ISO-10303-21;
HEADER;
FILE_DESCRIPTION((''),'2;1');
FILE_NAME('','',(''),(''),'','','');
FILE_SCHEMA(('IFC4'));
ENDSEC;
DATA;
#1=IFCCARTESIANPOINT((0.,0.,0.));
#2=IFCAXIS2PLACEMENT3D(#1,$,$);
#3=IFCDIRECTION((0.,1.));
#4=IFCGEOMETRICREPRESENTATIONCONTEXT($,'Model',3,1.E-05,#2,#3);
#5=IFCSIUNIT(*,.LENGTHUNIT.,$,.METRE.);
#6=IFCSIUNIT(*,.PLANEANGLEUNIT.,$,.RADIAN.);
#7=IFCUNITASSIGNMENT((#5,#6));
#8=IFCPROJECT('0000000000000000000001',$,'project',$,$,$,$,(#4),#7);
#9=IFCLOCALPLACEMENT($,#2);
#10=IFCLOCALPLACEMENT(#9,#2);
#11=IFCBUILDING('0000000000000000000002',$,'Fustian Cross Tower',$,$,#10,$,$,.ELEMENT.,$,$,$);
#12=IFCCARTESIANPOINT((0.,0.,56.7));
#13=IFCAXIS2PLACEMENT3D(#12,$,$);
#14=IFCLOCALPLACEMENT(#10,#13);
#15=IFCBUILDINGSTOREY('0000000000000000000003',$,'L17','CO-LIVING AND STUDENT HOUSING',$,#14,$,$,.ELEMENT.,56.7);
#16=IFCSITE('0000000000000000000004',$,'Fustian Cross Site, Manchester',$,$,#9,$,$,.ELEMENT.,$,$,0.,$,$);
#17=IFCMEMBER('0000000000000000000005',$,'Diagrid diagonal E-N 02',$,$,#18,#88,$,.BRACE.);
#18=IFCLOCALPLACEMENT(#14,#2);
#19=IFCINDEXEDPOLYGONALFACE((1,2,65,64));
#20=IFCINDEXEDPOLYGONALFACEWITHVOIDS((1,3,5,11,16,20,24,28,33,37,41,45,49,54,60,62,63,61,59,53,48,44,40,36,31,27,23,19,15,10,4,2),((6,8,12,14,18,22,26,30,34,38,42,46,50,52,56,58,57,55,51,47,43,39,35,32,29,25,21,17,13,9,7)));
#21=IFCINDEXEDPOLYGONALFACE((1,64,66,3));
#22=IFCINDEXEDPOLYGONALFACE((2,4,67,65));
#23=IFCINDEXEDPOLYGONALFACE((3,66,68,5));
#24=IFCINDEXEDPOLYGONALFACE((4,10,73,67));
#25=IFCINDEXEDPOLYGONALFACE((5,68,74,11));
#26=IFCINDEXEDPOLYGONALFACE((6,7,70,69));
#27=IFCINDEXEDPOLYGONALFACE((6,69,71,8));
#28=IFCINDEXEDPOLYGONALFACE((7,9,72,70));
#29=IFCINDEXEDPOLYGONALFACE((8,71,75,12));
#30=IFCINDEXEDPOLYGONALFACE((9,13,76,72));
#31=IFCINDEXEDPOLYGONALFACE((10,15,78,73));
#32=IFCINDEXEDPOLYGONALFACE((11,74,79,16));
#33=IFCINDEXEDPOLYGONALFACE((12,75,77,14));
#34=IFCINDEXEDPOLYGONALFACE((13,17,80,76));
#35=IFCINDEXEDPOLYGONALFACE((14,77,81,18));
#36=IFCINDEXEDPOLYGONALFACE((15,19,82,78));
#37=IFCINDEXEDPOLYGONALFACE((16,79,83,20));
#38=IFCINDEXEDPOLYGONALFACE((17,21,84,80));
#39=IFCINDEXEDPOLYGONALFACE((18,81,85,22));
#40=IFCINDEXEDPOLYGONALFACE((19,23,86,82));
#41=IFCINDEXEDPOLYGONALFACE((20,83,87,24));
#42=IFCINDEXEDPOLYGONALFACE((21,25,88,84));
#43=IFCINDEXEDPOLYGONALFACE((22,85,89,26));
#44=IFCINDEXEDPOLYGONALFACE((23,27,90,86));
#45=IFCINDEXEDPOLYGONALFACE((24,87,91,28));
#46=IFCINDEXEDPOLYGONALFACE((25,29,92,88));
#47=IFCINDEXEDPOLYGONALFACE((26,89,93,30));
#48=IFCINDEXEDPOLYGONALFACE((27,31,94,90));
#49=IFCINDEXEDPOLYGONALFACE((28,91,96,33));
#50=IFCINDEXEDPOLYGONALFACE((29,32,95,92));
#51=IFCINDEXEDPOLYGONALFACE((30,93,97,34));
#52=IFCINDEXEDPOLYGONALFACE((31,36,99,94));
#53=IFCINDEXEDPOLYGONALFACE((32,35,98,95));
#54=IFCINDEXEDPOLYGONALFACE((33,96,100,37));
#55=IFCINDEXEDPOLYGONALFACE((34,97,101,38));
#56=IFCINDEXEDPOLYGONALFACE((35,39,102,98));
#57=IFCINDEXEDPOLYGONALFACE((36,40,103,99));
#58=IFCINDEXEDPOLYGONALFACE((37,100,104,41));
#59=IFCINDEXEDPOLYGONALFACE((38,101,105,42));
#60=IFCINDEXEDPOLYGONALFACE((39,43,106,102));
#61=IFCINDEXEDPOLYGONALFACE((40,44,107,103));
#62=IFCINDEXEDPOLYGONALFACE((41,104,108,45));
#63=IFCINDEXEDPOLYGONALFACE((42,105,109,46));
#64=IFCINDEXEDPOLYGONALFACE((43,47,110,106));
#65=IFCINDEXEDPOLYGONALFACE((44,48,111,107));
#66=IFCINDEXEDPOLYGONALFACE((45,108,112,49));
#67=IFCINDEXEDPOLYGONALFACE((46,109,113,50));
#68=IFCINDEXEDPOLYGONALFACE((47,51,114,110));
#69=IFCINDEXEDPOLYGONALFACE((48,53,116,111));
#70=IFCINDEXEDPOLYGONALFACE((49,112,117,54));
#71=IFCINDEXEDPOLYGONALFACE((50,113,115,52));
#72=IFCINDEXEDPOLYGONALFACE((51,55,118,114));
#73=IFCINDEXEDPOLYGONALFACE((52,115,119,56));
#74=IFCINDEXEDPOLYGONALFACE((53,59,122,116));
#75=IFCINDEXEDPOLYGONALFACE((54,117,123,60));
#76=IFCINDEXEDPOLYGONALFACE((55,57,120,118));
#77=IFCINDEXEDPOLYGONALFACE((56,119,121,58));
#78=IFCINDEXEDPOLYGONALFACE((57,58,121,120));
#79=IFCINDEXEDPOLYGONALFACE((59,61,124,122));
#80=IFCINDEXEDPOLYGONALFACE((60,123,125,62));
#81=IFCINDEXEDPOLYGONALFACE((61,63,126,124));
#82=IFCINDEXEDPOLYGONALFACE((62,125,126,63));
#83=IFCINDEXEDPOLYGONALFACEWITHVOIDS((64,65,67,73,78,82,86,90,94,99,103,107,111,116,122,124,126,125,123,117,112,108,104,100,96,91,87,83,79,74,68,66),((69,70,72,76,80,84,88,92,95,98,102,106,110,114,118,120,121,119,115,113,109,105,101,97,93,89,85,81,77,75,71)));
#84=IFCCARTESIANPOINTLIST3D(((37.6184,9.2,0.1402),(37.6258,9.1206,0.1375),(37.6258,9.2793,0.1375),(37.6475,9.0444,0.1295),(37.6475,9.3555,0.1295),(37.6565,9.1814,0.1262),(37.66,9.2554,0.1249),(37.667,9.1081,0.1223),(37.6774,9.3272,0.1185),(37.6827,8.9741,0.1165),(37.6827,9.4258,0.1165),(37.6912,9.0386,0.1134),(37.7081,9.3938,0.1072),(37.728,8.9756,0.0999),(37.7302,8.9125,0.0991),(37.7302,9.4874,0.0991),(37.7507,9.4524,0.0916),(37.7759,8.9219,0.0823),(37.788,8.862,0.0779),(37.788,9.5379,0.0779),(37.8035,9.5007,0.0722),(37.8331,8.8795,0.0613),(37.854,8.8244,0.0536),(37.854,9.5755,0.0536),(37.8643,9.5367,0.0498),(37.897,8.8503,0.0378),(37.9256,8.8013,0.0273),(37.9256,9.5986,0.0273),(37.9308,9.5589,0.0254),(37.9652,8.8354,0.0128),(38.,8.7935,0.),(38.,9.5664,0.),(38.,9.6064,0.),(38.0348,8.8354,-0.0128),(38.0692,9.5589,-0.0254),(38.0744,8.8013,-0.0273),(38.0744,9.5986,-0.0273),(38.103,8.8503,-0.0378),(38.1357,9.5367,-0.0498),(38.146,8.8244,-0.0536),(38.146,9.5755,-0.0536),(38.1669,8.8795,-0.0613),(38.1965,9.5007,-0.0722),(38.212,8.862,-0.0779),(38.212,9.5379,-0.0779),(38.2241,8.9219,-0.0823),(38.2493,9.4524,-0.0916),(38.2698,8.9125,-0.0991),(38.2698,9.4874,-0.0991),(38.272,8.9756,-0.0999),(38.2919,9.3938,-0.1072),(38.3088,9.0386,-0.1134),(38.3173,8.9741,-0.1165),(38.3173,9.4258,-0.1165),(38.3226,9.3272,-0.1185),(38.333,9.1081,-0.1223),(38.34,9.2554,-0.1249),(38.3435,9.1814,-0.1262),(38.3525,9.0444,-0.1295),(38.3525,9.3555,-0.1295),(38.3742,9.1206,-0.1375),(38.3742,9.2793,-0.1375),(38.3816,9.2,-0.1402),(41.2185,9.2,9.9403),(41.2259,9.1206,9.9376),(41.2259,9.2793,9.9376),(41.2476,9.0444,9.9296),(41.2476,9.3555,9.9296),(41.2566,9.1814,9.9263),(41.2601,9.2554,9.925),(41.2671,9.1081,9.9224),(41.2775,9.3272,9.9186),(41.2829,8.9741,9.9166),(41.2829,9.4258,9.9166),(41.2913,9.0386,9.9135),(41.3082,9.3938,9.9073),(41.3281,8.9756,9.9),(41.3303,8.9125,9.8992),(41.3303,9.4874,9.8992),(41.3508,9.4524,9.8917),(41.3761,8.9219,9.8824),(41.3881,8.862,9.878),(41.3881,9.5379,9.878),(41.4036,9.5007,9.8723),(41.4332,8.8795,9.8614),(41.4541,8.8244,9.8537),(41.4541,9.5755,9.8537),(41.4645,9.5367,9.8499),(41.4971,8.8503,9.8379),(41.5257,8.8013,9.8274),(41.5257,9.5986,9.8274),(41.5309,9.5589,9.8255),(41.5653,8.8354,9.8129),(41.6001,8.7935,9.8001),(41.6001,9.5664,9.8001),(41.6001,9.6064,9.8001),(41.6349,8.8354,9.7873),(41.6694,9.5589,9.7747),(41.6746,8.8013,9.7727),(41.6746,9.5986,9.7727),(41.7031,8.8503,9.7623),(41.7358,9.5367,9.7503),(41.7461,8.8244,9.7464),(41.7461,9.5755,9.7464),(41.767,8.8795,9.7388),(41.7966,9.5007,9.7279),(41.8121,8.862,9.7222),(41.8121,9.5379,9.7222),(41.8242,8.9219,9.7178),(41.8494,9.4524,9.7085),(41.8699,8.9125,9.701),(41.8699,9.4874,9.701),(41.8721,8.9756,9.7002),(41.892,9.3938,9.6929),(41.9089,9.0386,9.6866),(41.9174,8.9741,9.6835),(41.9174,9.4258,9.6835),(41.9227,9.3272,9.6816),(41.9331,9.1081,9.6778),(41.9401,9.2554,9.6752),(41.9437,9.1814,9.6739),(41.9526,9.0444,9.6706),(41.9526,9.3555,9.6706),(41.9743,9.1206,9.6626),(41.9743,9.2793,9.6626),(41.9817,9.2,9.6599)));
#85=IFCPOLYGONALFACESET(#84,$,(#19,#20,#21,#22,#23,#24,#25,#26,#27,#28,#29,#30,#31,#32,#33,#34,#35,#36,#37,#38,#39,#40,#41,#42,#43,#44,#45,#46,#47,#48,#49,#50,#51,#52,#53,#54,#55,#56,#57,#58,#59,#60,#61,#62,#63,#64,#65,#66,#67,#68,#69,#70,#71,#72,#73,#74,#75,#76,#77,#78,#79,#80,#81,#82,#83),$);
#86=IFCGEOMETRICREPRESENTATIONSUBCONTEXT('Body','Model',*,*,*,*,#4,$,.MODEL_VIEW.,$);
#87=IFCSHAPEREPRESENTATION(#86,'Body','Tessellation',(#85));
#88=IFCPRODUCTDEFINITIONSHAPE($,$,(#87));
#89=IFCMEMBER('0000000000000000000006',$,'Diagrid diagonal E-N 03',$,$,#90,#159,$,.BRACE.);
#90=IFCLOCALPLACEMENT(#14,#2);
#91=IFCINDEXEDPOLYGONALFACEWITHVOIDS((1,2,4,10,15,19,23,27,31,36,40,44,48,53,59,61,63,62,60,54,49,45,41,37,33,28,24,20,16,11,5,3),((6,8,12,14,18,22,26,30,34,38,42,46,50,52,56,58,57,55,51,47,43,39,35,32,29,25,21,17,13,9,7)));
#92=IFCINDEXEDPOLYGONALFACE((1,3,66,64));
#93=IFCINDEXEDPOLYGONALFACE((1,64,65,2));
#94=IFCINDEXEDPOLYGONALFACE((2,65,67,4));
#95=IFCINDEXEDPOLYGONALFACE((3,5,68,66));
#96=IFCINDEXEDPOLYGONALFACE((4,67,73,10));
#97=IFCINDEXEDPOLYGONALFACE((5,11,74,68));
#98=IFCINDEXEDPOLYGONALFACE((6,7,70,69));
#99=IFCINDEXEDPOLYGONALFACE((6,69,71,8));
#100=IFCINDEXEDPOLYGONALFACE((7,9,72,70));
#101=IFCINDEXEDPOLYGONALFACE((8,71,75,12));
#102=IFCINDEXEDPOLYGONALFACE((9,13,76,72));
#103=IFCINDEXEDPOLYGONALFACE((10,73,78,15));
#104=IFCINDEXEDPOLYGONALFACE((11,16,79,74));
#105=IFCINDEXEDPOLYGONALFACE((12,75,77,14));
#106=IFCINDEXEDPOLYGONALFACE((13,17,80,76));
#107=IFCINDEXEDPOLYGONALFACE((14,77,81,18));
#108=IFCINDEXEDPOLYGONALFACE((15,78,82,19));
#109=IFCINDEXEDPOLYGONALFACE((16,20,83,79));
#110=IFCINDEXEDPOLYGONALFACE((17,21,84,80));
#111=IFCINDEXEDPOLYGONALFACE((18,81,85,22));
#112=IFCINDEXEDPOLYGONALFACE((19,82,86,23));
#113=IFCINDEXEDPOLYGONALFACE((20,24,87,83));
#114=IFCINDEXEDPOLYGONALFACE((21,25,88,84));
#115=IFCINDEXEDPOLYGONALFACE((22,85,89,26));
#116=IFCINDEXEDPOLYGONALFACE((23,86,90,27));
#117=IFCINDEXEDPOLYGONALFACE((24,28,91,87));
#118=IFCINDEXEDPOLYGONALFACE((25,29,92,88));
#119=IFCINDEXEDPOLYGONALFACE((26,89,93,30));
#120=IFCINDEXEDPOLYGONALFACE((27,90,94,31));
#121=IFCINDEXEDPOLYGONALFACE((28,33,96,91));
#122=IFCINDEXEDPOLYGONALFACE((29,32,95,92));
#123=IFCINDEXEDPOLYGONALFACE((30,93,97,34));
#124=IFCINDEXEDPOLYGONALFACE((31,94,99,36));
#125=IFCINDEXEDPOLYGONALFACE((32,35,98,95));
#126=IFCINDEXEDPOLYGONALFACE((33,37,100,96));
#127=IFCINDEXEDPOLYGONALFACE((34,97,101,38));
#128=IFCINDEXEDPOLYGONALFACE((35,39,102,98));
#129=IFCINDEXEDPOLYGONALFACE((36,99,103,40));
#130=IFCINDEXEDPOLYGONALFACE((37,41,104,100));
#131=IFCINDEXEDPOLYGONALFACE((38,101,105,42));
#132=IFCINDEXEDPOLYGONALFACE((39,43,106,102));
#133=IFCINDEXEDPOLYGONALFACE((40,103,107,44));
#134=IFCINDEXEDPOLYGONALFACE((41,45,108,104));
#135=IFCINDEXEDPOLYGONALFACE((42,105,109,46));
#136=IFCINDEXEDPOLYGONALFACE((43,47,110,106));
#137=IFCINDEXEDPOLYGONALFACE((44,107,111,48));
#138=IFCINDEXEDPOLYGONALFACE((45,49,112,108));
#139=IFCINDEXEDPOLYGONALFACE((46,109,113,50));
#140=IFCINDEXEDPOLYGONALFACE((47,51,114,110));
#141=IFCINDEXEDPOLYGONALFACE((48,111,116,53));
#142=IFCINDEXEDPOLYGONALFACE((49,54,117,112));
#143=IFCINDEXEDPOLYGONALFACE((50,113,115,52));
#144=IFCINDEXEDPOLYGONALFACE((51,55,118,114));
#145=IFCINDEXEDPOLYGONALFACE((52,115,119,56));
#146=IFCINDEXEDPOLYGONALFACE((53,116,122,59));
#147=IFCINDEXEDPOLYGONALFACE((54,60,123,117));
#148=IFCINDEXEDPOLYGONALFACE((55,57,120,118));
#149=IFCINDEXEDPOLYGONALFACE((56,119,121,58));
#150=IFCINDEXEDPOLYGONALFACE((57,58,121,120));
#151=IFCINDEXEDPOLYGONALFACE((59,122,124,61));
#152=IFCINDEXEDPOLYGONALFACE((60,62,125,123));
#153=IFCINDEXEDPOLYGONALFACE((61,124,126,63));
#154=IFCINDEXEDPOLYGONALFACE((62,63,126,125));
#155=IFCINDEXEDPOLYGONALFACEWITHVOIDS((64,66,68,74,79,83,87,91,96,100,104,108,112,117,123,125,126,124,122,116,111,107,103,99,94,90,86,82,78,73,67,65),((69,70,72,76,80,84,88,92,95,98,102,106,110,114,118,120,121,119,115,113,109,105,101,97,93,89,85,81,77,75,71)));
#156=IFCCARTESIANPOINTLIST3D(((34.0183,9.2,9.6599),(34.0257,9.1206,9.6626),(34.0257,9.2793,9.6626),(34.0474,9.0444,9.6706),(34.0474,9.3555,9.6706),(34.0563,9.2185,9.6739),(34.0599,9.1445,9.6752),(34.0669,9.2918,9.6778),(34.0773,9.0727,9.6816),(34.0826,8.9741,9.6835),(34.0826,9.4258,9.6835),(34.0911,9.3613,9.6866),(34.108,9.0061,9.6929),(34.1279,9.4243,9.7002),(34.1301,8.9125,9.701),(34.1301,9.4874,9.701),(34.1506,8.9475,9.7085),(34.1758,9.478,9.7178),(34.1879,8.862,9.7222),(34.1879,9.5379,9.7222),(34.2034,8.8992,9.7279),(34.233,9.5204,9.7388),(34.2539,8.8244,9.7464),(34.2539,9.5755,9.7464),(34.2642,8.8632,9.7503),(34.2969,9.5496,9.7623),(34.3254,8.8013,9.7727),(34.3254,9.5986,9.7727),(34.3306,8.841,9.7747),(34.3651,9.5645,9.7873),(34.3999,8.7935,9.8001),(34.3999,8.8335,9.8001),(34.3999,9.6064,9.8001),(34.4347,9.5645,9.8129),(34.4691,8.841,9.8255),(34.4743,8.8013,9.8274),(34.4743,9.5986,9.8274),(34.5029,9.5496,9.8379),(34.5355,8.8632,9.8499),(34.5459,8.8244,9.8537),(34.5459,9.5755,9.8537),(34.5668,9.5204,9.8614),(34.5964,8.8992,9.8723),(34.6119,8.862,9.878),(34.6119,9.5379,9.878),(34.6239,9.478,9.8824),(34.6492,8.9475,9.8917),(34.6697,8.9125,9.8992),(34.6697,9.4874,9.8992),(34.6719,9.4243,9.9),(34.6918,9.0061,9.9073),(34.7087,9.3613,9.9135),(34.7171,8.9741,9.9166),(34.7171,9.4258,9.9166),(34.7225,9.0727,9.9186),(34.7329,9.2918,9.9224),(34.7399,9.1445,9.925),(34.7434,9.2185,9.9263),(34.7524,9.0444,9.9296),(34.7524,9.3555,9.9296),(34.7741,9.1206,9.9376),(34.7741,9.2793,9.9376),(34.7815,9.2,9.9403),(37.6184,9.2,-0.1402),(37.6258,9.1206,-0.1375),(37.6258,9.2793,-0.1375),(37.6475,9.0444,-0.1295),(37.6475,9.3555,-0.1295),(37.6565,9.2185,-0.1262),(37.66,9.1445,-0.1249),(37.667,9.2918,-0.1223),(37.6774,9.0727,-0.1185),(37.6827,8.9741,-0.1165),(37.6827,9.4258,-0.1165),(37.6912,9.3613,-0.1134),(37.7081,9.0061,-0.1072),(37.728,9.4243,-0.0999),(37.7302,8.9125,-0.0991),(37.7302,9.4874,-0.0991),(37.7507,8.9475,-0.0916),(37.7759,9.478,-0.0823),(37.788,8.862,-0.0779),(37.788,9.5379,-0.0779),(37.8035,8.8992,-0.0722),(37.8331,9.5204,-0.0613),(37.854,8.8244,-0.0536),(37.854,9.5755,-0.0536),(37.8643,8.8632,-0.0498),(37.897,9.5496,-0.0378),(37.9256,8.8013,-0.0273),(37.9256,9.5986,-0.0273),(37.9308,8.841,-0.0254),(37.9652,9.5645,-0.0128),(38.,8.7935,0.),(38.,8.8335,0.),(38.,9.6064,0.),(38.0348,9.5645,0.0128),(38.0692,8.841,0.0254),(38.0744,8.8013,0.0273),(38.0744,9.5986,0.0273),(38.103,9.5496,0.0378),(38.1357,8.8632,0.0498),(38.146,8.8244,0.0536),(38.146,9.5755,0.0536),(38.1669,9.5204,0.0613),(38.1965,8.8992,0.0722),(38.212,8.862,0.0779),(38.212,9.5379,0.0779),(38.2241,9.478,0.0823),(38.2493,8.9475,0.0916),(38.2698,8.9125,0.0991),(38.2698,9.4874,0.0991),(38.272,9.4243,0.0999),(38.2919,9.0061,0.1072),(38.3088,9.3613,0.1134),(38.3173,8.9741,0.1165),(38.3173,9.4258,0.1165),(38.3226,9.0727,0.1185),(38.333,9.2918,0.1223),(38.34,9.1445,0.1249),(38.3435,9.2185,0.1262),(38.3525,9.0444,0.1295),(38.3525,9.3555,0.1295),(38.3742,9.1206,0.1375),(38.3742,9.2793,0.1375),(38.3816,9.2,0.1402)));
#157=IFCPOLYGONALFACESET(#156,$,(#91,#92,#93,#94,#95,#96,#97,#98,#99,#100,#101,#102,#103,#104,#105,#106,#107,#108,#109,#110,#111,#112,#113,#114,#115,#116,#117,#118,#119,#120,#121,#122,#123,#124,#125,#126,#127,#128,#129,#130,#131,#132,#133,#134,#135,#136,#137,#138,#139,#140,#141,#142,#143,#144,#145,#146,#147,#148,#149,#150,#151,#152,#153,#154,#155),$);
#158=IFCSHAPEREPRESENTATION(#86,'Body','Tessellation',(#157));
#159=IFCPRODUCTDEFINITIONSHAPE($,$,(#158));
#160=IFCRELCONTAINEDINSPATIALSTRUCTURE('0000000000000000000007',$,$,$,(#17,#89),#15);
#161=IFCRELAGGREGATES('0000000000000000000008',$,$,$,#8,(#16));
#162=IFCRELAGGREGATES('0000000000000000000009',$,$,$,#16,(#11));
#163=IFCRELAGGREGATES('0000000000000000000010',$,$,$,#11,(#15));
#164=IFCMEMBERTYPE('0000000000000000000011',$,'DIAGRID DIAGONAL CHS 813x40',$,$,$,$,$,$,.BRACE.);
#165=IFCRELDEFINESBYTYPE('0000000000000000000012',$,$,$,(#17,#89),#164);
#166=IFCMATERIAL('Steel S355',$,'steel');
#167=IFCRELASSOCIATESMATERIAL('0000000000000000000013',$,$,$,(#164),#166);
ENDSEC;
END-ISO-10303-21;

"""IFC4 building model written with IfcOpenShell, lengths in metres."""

from ifc_helpers import new_model, si_unit, direction, frame, origin, origin_2d, place, context, subcontext, project, spatial, hollow_circle, extrude, material, material_profile, profile_set, type_object, element, save


model = new_model("IFC4")

# Units and contexts
model_context = context("Model", 3, precision=1e-05, world=origin(), true_north=direction((0.0, 1.0)))
body_context = subcontext(model_context, "Body", "Model", "MODEL_VIEW")
ifc_project = project(units=[si_unit("LENGTHUNIT", "METRE"), si_unit("PLANEANGLEUNIT", "RADIAN")], contexts=[model_context])

# Site, building, storey
site_placement = place(None, origin())
site = spatial("IfcSite", under=ifc_project, at=site_placement, Name="Fustian Cross Site, Manchester", CompositionType="ELEMENT", RefElevation=0.0)
building_placement = place(site_placement, origin())
building = spatial("IfcBuilding", under=site, at=building_placement, Name="Fustian Cross Tower", CompositionType="ELEMENT")
storey_placement = place(building_placement, frame((0.0, 0.0, 56.7)))
storey = spatial("IfcBuildingStorey", under=building, at=storey_placement, Name="L17", Description="CO-LIVING AND STUDENT HOUSING", CompositionType="ELEMENT", Elevation=56.7)

# Members
ifc_material_1 = material(Name="Steel S355", Category="steel")
ifc_material_profile_1 = material_profile(ifc_material_1, hollow_circle(Radius=0.4065, WallThickness=0.04, at=origin_2d()), Name="CHS 813x40")
ifc_profile_set_1 = profile_set([ifc_material_profile_1], Name="Steel S355")
member_type_1 = type_object("IfcMemberType", Name="DIAGRID DIAGONAL CHS 813x40", PredefinedType="BRACE", material=ifc_profile_set_1)
for number, where, z_axis, x_axis, name in (
    (1, (38.0, 9.2, 0.0), (0.344824, 0.0, 0.938667), (0.0, 1.0, 0.0), "Diagrid diagonal E-N 02"),
    (2, (38.0, 9.2, 0.0), (-0.344824, 0.0, 0.938667), (0.0, -1.0, 0.0), "Diagrid diagonal E-N 03"),
):
    element("IfcMember", number, at=place(storey_placement, frame(where, z_axis=z_axis, x_axis=x_axis)), inside=storey, type_object=member_type_1, Name=name, PredefinedType="BRACE", context=body_context, shape_type="SweptSolid", body=[
        extrude(hollow_circle(Radius=0.4065, WallThickness=0.04, at=origin_2d()), origin(), (0.0, 0.0, 1.0), 10.4404),
    ])

save(model, "model.ifc")
